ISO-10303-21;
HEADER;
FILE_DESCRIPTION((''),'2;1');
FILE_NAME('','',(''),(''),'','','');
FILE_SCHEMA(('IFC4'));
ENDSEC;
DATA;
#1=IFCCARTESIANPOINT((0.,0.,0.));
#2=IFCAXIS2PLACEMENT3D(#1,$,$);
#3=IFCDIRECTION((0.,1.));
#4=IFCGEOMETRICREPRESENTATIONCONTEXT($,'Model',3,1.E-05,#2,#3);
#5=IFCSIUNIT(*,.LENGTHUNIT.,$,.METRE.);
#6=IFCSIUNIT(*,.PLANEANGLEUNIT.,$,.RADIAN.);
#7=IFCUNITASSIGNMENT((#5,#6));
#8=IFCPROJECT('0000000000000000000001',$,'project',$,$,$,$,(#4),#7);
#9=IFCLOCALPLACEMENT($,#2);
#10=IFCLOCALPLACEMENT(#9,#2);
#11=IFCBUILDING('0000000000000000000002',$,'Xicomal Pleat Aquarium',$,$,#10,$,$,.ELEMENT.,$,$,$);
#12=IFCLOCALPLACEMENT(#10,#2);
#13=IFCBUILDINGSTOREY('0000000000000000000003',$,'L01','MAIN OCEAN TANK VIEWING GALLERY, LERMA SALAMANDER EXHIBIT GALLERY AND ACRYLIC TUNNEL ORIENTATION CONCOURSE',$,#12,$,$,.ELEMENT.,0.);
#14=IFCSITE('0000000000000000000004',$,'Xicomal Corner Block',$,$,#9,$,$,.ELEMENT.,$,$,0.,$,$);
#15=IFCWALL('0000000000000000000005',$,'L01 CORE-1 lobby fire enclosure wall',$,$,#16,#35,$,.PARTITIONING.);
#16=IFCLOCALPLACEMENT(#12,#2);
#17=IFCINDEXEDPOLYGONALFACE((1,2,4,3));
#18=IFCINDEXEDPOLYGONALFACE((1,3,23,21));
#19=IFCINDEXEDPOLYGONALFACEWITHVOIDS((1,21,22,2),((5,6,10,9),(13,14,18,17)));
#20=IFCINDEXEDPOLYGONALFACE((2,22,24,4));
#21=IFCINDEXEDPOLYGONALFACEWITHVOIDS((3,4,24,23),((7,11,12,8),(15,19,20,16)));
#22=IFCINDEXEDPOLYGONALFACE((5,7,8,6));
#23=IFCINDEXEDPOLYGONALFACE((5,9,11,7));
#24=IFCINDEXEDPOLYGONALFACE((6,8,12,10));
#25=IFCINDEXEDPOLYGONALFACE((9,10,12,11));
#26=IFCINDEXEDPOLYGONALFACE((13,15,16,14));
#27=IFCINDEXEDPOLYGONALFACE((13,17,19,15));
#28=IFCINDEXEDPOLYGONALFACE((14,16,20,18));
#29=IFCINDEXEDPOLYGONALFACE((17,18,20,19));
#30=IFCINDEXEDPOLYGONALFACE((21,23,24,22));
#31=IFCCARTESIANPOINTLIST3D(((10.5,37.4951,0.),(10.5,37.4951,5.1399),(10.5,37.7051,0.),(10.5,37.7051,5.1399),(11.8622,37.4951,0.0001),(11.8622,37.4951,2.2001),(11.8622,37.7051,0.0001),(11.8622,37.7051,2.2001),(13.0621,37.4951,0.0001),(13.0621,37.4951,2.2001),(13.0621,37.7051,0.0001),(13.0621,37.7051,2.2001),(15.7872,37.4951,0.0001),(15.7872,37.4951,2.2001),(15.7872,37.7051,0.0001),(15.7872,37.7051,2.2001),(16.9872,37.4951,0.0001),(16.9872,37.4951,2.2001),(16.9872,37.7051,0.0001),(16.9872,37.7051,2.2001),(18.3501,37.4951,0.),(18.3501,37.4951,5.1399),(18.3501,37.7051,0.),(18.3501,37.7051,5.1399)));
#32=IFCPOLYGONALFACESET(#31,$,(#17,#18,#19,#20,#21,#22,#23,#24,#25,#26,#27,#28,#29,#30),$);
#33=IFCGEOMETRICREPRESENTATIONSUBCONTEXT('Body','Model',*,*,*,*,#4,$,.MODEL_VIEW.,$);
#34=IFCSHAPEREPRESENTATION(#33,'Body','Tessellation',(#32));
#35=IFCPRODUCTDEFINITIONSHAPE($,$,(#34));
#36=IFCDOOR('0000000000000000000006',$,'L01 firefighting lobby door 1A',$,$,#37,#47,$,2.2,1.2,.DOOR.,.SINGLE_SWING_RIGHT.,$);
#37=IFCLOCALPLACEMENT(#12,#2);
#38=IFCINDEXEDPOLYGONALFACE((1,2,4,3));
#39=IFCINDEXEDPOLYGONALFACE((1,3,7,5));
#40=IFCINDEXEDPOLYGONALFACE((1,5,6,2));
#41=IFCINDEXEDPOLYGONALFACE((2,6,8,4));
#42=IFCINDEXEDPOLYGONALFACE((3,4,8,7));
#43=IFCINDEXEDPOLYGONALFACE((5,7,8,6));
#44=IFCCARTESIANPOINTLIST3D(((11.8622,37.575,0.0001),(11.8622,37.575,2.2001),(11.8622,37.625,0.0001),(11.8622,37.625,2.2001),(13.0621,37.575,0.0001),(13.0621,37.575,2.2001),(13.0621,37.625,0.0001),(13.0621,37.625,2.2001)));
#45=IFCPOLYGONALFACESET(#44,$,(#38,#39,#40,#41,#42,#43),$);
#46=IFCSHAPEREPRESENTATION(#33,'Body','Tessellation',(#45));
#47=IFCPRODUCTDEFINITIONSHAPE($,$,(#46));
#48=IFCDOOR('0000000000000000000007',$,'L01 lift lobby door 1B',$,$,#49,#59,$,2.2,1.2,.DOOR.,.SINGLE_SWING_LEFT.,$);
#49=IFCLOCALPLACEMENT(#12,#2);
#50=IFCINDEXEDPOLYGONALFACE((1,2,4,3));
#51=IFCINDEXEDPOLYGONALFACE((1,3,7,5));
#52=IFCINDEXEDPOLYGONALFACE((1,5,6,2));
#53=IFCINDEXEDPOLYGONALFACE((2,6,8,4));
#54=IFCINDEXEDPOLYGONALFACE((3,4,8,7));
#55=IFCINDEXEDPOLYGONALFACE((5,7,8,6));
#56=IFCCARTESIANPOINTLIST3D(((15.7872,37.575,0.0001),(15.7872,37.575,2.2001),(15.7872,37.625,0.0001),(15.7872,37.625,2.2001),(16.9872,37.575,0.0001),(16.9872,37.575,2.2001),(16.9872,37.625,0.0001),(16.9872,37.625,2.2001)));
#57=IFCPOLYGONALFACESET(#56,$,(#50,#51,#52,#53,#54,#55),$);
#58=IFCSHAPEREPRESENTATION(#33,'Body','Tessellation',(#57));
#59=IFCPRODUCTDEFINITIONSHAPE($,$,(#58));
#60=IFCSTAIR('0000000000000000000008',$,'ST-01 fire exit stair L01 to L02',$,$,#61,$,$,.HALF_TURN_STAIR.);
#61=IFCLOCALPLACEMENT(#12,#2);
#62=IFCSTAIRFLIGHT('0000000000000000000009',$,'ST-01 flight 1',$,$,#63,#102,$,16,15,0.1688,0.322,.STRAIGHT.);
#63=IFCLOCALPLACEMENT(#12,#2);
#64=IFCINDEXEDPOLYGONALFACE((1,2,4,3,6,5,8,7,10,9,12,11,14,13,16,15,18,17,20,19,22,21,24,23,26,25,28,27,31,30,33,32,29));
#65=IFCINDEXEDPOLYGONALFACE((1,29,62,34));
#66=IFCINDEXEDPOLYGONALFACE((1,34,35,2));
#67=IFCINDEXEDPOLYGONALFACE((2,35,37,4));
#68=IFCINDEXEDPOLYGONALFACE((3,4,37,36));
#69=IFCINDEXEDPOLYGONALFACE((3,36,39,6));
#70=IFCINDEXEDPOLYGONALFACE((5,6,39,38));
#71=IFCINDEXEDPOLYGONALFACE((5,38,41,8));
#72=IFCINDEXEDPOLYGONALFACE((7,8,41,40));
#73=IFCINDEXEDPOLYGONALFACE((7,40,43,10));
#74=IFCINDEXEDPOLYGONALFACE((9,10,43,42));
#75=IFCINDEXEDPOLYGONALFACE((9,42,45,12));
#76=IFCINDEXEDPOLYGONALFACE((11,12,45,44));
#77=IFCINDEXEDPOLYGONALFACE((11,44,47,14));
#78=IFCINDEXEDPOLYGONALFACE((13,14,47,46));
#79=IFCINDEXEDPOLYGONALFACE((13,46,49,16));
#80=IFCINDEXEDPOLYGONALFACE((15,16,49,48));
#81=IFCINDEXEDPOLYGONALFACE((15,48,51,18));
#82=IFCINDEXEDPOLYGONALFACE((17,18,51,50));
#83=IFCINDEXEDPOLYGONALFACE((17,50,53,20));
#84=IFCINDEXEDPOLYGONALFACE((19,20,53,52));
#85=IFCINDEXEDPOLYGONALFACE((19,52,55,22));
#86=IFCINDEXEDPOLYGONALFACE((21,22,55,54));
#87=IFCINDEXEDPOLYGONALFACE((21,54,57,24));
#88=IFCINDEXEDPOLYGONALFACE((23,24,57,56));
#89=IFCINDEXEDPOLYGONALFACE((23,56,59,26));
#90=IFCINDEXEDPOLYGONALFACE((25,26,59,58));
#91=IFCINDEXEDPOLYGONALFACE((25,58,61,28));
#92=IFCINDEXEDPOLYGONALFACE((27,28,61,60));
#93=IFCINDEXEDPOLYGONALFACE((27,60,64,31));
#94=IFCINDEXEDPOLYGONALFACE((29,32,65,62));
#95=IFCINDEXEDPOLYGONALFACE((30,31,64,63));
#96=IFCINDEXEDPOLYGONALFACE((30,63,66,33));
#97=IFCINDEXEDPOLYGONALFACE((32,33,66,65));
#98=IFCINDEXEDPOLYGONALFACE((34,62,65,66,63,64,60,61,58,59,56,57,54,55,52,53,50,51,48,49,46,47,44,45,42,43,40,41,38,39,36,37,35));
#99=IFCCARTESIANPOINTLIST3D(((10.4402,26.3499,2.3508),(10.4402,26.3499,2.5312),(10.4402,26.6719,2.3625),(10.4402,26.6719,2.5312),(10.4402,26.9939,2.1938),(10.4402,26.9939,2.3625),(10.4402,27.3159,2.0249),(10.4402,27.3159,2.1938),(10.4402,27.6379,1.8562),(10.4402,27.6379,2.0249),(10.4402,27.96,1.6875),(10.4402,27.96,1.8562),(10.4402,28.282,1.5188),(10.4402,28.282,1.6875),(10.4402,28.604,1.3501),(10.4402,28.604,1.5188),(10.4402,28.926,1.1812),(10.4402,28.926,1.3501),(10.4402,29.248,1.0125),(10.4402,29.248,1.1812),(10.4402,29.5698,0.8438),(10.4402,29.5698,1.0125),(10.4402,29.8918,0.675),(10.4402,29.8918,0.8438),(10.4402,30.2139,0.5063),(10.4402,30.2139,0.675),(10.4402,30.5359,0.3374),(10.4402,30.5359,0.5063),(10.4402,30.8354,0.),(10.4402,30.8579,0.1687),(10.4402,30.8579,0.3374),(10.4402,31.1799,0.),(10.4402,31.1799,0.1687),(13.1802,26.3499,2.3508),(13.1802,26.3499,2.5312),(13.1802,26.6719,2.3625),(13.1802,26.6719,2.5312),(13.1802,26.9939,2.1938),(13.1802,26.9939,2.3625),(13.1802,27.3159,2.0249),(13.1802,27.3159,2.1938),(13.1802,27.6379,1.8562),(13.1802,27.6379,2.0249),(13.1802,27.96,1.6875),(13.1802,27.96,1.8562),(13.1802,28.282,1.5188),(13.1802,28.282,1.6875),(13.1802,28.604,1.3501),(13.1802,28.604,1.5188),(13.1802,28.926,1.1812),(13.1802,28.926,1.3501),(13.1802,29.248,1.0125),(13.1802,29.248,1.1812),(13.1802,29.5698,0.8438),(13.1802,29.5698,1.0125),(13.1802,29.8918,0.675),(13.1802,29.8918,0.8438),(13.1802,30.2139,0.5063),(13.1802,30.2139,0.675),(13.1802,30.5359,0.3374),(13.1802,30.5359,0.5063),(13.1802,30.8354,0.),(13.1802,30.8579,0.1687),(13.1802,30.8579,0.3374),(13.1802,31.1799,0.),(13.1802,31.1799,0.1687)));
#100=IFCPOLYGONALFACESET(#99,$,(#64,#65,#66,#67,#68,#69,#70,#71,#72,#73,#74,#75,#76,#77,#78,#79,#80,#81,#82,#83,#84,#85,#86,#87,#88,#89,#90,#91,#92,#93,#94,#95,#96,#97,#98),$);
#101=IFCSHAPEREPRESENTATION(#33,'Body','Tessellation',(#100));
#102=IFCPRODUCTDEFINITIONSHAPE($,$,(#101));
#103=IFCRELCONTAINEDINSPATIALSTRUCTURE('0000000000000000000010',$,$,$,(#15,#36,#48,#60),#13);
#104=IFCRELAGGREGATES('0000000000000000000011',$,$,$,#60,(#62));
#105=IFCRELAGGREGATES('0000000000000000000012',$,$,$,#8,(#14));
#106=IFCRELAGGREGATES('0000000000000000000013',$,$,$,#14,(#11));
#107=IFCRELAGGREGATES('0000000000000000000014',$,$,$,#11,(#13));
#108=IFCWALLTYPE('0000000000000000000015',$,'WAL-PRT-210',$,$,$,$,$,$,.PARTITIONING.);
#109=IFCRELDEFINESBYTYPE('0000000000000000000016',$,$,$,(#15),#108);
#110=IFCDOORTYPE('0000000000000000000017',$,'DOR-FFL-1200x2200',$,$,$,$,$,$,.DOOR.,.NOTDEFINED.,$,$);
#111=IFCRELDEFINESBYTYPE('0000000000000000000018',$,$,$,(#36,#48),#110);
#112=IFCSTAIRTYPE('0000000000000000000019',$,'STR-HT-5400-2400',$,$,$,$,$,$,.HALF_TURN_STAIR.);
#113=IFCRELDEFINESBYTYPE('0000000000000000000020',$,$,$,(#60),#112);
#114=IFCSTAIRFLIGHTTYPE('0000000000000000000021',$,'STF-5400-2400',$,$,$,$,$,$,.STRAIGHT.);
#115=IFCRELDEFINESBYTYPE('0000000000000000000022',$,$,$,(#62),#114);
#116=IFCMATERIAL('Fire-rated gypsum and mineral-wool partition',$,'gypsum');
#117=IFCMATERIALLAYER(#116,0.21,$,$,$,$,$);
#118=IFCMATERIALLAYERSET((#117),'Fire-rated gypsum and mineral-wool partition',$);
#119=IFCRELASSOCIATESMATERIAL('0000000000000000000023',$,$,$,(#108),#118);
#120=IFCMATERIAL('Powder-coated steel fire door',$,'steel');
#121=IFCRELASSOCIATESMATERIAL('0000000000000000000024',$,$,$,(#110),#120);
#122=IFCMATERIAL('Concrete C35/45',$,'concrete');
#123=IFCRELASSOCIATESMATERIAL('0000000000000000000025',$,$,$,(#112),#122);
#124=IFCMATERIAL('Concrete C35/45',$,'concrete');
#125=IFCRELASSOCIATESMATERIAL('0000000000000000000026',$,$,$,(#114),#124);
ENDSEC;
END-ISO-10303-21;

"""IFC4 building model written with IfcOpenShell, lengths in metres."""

from ifc_helpers import new_model, si_unit, direction, frame, frame_2d, origin, place, context, subcontext, project, spatial, polyline, rectangle, outline, extrude, material, layer, layer_set, type_object, element, fill, aggregate, save


model = new_model("IFC4")

# Units and contexts
model_context = context("Model", 3, precision=1e-05, world=origin(), true_north=direction((0.0, 1.0)))
body_context = subcontext(model_context, "Body", "Model", "MODEL_VIEW")
ifc_project = project(units=[si_unit("LENGTHUNIT", "METRE"), si_unit("PLANEANGLEUNIT", "RADIAN")], contexts=[model_context])

# Site, building, storey
site_placement = place(None, origin())
site = spatial("IfcSite", under=ifc_project, at=site_placement, Name="Xicomal Corner Block", CompositionType="ELEMENT", RefElevation=0.0)
building_placement = place(site_placement, origin())
building = spatial("IfcBuilding", under=site, at=building_placement, Name="Xicomal Pleat Aquarium", CompositionType="ELEMENT")
storey_placement = place(building_placement, origin())
storey = spatial("IfcBuildingStorey", under=building, at=storey_placement, Name="L01", Description="MAIN OCEAN TANK VIEWING GALLERY, LERMA SALAMANDER EXHIBIT GALLERY AND ACRYLIC TUNNEL ORIENTATION CONCOURSE", CompositionType="ELEMENT", Elevation=0.0)

# Wall, openings, doors
ifc_material_1 = material(Name="Fire-rated gypsum and mineral-wool partition", Category="gypsum")
ifc_layer_1 = layer(ifc_material_1, 0.21)
ifc_layer_set_1 = layer_set([ifc_layer_1], Name="Fire-rated gypsum and mineral-wool partition")
wall_type_1 = type_object("IfcWallType", Name="WAL-PRT-210", PredefinedType="PARTITIONING", material=ifc_layer_set_1)
wall_1_placement = place(storey_placement, frame((10.5, 37.6001, 0.0), z_axis=(0.0, 0.0, 1.0), x_axis=(1.0, 0.0, 0.0)))
wall_1 = element("IfcWall", 1, at=wall_1_placement, inside=storey, type_object=wall_type_1, Name="L01 CORE-1 lobby fire enclosure wall", PredefinedType="PARTITIONING", context=body_context, shape_type="SweptSolid", body=[
    extrude(rectangle(XDim=7.8501, YDim=0.21, at=frame_2d((3.925, 0.0))), origin(), (0.0, 0.0, 1.0), 5.1399),
])
opening_1_placement = place(wall_1_placement, frame((1.3621, 0.0, 0.0)))
opening_1 = element("IfcOpeningElement", 2, at=opening_1_placement, cuts=wall_1, PredefinedType="OPENING", context=body_context, shape_type="SweptSolid", body=[
    extrude(rectangle(XDim=1.2, YDim=2.2, at=frame_2d((0.6001, 1.1001))), frame((0.0, 0.115, 0.0), z_axis=(0.0, -1.0, 0.0), x_axis=(1.0, 0.0, 0.0)), (0.0, 0.0, 1.0), 0.23),
])
opening_2_placement = place(wall_1_placement, frame((5.2871, 0.0, 0.0)))
opening_2 = element("IfcOpeningElement", 3, at=opening_2_placement, cuts=wall_1, PredefinedType="OPENING", context=body_context, shape_type="SweptSolid", body=[
    extrude(rectangle(XDim=1.2, YDim=2.2, at=frame_2d((0.6001, 1.1001))), frame((0.0, 0.115, 0.0), z_axis=(0.0, -1.0, 0.0), x_axis=(1.0, 0.0, 0.0)), (0.0, 0.0, 1.0), 0.23),
])
ifc_material_2 = material(Name="Powder-coated steel fire door", Category="steel")
door_type_1 = type_object("IfcDoorType", Name="DOR-FFL-1200x2200", OperationType="NOTDEFINED", PredefinedType="DOOR", material=ifc_material_2)
door_1_placement = place(opening_1_placement, origin())
door_1 = element("IfcDoor", 4, at=door_1_placement, inside=storey, type_object=door_type_1, Name="L01 firefighting lobby door 1A", OperationType="SINGLE_SWING_RIGHT", OverallHeight=2.2, OverallWidth=1.2, PredefinedType="DOOR", context=body_context, shape_type="SweptSolid", body=[
    extrude(rectangle(XDim=1.2, YDim=2.2, at=frame_2d((0.6001, 1.1001))), frame((0.0, 0.0249, 0.0), z_axis=(0.0, -1.0, 0.0), x_axis=(1.0, 0.0, 0.0)), (0.0, 0.0, 1.0), 0.05),
])
fill(opening_1, door_1)
door_2_placement = place(opening_2_placement, origin())
door_2 = element("IfcDoor", 5, at=door_2_placement, inside=storey, type_object=door_type_1, Name="L01 lift lobby door 1B", OperationType="SINGLE_SWING_LEFT", OverallHeight=2.2, OverallWidth=1.2, PredefinedType="DOOR", context=body_context, shape_type="SweptSolid", body=[
    extrude(rectangle(XDim=1.2, YDim=2.2, at=frame_2d((0.6001, 1.1001))), frame((0.0, 0.0249, 0.0), z_axis=(0.0, -1.0, 0.0), x_axis=(1.0, 0.0, 0.0)), (0.0, 0.0, 1.0), 0.05),
])
fill(opening_2, door_2)

# Stair, stair flight
ifc_material_3 = material(Name="Concrete C35/45", Category="concrete")
stair_type = type_object("IfcStairType", Name="STR-HT-5400-2400", PredefinedType="HALF_TURN_STAIR", material=ifc_material_3)
stair_placement = place(storey_placement, origin())
stair = element("IfcStair", 6, at=stair_placement, inside=storey, type_object=stair_type, Name="ST-01 fire exit stair L01 to L02", PredefinedType="HALF_TURN_STAIR")
ifc_material_4 = material(Name="Concrete C35/45", Category="concrete")
stair_flight_type = type_object("IfcStairFlightType", Name="STF-5400-2400", PredefinedType="STRAIGHT", material=ifc_material_4)
stair_flight_placement = place(storey_placement, frame((11.8101, 31.1799, 0.0), z_axis=(0.0, 0.0, 1.0), x_axis=(0.0, -1.0, 0.0)))
stair_flight = element("IfcStairFlight", 7, at=stair_flight_placement, type_object=stair_flight_type, Name="ST-01 flight 1", NumberOfRisers=16, NumberOfTreads=15, PredefinedType="STRAIGHT", RiserHeight=0.1688, TreadLength=0.322, context=body_context, shape_type="SweptSolid", body=[
    extrude(outline(polyline([(0.0, 0.0), (0.0, 0.1687), (0.322, 0.1687), (0.322, 0.3374), (0.644, 0.3374), (0.644, 0.5063), (0.9661, 0.5063), (0.9661, 0.675), (1.2881, 0.675), (1.2881, 0.8438), (1.6101, 0.8438), (1.6101, 1.0125), (1.9319, 1.0125), (1.9319, 1.1812), (2.2539, 1.1812), (2.2539, 1.3501), (2.5759, 1.3501), (2.5759, 1.5188), (2.8979, 1.5188), (2.8979, 1.6875), (3.22, 1.6875), (3.22, 1.8562), (3.542, 1.8562), (3.542, 2.0249), (3.864, 2.0249), (3.864, 2.1938), (4.186, 2.1938), (4.186, 2.3625), (4.5081, 2.3625), (4.5081, 2.5312), (4.8301, 2.5312), (4.8301, 2.7), (4.8301, 2.3508), (0.3445, 0.0), (0.0, 0.0)])), frame((0.0, 1.3701, 0.0), z_axis=(0.0, -1.0, 0.0), x_axis=(1.0, 0.0, 0.0)), (0.0, 0.0, 1.0), 2.74),
])
aggregate(stair, [stair_flight])

save(model, "model.ifc")
